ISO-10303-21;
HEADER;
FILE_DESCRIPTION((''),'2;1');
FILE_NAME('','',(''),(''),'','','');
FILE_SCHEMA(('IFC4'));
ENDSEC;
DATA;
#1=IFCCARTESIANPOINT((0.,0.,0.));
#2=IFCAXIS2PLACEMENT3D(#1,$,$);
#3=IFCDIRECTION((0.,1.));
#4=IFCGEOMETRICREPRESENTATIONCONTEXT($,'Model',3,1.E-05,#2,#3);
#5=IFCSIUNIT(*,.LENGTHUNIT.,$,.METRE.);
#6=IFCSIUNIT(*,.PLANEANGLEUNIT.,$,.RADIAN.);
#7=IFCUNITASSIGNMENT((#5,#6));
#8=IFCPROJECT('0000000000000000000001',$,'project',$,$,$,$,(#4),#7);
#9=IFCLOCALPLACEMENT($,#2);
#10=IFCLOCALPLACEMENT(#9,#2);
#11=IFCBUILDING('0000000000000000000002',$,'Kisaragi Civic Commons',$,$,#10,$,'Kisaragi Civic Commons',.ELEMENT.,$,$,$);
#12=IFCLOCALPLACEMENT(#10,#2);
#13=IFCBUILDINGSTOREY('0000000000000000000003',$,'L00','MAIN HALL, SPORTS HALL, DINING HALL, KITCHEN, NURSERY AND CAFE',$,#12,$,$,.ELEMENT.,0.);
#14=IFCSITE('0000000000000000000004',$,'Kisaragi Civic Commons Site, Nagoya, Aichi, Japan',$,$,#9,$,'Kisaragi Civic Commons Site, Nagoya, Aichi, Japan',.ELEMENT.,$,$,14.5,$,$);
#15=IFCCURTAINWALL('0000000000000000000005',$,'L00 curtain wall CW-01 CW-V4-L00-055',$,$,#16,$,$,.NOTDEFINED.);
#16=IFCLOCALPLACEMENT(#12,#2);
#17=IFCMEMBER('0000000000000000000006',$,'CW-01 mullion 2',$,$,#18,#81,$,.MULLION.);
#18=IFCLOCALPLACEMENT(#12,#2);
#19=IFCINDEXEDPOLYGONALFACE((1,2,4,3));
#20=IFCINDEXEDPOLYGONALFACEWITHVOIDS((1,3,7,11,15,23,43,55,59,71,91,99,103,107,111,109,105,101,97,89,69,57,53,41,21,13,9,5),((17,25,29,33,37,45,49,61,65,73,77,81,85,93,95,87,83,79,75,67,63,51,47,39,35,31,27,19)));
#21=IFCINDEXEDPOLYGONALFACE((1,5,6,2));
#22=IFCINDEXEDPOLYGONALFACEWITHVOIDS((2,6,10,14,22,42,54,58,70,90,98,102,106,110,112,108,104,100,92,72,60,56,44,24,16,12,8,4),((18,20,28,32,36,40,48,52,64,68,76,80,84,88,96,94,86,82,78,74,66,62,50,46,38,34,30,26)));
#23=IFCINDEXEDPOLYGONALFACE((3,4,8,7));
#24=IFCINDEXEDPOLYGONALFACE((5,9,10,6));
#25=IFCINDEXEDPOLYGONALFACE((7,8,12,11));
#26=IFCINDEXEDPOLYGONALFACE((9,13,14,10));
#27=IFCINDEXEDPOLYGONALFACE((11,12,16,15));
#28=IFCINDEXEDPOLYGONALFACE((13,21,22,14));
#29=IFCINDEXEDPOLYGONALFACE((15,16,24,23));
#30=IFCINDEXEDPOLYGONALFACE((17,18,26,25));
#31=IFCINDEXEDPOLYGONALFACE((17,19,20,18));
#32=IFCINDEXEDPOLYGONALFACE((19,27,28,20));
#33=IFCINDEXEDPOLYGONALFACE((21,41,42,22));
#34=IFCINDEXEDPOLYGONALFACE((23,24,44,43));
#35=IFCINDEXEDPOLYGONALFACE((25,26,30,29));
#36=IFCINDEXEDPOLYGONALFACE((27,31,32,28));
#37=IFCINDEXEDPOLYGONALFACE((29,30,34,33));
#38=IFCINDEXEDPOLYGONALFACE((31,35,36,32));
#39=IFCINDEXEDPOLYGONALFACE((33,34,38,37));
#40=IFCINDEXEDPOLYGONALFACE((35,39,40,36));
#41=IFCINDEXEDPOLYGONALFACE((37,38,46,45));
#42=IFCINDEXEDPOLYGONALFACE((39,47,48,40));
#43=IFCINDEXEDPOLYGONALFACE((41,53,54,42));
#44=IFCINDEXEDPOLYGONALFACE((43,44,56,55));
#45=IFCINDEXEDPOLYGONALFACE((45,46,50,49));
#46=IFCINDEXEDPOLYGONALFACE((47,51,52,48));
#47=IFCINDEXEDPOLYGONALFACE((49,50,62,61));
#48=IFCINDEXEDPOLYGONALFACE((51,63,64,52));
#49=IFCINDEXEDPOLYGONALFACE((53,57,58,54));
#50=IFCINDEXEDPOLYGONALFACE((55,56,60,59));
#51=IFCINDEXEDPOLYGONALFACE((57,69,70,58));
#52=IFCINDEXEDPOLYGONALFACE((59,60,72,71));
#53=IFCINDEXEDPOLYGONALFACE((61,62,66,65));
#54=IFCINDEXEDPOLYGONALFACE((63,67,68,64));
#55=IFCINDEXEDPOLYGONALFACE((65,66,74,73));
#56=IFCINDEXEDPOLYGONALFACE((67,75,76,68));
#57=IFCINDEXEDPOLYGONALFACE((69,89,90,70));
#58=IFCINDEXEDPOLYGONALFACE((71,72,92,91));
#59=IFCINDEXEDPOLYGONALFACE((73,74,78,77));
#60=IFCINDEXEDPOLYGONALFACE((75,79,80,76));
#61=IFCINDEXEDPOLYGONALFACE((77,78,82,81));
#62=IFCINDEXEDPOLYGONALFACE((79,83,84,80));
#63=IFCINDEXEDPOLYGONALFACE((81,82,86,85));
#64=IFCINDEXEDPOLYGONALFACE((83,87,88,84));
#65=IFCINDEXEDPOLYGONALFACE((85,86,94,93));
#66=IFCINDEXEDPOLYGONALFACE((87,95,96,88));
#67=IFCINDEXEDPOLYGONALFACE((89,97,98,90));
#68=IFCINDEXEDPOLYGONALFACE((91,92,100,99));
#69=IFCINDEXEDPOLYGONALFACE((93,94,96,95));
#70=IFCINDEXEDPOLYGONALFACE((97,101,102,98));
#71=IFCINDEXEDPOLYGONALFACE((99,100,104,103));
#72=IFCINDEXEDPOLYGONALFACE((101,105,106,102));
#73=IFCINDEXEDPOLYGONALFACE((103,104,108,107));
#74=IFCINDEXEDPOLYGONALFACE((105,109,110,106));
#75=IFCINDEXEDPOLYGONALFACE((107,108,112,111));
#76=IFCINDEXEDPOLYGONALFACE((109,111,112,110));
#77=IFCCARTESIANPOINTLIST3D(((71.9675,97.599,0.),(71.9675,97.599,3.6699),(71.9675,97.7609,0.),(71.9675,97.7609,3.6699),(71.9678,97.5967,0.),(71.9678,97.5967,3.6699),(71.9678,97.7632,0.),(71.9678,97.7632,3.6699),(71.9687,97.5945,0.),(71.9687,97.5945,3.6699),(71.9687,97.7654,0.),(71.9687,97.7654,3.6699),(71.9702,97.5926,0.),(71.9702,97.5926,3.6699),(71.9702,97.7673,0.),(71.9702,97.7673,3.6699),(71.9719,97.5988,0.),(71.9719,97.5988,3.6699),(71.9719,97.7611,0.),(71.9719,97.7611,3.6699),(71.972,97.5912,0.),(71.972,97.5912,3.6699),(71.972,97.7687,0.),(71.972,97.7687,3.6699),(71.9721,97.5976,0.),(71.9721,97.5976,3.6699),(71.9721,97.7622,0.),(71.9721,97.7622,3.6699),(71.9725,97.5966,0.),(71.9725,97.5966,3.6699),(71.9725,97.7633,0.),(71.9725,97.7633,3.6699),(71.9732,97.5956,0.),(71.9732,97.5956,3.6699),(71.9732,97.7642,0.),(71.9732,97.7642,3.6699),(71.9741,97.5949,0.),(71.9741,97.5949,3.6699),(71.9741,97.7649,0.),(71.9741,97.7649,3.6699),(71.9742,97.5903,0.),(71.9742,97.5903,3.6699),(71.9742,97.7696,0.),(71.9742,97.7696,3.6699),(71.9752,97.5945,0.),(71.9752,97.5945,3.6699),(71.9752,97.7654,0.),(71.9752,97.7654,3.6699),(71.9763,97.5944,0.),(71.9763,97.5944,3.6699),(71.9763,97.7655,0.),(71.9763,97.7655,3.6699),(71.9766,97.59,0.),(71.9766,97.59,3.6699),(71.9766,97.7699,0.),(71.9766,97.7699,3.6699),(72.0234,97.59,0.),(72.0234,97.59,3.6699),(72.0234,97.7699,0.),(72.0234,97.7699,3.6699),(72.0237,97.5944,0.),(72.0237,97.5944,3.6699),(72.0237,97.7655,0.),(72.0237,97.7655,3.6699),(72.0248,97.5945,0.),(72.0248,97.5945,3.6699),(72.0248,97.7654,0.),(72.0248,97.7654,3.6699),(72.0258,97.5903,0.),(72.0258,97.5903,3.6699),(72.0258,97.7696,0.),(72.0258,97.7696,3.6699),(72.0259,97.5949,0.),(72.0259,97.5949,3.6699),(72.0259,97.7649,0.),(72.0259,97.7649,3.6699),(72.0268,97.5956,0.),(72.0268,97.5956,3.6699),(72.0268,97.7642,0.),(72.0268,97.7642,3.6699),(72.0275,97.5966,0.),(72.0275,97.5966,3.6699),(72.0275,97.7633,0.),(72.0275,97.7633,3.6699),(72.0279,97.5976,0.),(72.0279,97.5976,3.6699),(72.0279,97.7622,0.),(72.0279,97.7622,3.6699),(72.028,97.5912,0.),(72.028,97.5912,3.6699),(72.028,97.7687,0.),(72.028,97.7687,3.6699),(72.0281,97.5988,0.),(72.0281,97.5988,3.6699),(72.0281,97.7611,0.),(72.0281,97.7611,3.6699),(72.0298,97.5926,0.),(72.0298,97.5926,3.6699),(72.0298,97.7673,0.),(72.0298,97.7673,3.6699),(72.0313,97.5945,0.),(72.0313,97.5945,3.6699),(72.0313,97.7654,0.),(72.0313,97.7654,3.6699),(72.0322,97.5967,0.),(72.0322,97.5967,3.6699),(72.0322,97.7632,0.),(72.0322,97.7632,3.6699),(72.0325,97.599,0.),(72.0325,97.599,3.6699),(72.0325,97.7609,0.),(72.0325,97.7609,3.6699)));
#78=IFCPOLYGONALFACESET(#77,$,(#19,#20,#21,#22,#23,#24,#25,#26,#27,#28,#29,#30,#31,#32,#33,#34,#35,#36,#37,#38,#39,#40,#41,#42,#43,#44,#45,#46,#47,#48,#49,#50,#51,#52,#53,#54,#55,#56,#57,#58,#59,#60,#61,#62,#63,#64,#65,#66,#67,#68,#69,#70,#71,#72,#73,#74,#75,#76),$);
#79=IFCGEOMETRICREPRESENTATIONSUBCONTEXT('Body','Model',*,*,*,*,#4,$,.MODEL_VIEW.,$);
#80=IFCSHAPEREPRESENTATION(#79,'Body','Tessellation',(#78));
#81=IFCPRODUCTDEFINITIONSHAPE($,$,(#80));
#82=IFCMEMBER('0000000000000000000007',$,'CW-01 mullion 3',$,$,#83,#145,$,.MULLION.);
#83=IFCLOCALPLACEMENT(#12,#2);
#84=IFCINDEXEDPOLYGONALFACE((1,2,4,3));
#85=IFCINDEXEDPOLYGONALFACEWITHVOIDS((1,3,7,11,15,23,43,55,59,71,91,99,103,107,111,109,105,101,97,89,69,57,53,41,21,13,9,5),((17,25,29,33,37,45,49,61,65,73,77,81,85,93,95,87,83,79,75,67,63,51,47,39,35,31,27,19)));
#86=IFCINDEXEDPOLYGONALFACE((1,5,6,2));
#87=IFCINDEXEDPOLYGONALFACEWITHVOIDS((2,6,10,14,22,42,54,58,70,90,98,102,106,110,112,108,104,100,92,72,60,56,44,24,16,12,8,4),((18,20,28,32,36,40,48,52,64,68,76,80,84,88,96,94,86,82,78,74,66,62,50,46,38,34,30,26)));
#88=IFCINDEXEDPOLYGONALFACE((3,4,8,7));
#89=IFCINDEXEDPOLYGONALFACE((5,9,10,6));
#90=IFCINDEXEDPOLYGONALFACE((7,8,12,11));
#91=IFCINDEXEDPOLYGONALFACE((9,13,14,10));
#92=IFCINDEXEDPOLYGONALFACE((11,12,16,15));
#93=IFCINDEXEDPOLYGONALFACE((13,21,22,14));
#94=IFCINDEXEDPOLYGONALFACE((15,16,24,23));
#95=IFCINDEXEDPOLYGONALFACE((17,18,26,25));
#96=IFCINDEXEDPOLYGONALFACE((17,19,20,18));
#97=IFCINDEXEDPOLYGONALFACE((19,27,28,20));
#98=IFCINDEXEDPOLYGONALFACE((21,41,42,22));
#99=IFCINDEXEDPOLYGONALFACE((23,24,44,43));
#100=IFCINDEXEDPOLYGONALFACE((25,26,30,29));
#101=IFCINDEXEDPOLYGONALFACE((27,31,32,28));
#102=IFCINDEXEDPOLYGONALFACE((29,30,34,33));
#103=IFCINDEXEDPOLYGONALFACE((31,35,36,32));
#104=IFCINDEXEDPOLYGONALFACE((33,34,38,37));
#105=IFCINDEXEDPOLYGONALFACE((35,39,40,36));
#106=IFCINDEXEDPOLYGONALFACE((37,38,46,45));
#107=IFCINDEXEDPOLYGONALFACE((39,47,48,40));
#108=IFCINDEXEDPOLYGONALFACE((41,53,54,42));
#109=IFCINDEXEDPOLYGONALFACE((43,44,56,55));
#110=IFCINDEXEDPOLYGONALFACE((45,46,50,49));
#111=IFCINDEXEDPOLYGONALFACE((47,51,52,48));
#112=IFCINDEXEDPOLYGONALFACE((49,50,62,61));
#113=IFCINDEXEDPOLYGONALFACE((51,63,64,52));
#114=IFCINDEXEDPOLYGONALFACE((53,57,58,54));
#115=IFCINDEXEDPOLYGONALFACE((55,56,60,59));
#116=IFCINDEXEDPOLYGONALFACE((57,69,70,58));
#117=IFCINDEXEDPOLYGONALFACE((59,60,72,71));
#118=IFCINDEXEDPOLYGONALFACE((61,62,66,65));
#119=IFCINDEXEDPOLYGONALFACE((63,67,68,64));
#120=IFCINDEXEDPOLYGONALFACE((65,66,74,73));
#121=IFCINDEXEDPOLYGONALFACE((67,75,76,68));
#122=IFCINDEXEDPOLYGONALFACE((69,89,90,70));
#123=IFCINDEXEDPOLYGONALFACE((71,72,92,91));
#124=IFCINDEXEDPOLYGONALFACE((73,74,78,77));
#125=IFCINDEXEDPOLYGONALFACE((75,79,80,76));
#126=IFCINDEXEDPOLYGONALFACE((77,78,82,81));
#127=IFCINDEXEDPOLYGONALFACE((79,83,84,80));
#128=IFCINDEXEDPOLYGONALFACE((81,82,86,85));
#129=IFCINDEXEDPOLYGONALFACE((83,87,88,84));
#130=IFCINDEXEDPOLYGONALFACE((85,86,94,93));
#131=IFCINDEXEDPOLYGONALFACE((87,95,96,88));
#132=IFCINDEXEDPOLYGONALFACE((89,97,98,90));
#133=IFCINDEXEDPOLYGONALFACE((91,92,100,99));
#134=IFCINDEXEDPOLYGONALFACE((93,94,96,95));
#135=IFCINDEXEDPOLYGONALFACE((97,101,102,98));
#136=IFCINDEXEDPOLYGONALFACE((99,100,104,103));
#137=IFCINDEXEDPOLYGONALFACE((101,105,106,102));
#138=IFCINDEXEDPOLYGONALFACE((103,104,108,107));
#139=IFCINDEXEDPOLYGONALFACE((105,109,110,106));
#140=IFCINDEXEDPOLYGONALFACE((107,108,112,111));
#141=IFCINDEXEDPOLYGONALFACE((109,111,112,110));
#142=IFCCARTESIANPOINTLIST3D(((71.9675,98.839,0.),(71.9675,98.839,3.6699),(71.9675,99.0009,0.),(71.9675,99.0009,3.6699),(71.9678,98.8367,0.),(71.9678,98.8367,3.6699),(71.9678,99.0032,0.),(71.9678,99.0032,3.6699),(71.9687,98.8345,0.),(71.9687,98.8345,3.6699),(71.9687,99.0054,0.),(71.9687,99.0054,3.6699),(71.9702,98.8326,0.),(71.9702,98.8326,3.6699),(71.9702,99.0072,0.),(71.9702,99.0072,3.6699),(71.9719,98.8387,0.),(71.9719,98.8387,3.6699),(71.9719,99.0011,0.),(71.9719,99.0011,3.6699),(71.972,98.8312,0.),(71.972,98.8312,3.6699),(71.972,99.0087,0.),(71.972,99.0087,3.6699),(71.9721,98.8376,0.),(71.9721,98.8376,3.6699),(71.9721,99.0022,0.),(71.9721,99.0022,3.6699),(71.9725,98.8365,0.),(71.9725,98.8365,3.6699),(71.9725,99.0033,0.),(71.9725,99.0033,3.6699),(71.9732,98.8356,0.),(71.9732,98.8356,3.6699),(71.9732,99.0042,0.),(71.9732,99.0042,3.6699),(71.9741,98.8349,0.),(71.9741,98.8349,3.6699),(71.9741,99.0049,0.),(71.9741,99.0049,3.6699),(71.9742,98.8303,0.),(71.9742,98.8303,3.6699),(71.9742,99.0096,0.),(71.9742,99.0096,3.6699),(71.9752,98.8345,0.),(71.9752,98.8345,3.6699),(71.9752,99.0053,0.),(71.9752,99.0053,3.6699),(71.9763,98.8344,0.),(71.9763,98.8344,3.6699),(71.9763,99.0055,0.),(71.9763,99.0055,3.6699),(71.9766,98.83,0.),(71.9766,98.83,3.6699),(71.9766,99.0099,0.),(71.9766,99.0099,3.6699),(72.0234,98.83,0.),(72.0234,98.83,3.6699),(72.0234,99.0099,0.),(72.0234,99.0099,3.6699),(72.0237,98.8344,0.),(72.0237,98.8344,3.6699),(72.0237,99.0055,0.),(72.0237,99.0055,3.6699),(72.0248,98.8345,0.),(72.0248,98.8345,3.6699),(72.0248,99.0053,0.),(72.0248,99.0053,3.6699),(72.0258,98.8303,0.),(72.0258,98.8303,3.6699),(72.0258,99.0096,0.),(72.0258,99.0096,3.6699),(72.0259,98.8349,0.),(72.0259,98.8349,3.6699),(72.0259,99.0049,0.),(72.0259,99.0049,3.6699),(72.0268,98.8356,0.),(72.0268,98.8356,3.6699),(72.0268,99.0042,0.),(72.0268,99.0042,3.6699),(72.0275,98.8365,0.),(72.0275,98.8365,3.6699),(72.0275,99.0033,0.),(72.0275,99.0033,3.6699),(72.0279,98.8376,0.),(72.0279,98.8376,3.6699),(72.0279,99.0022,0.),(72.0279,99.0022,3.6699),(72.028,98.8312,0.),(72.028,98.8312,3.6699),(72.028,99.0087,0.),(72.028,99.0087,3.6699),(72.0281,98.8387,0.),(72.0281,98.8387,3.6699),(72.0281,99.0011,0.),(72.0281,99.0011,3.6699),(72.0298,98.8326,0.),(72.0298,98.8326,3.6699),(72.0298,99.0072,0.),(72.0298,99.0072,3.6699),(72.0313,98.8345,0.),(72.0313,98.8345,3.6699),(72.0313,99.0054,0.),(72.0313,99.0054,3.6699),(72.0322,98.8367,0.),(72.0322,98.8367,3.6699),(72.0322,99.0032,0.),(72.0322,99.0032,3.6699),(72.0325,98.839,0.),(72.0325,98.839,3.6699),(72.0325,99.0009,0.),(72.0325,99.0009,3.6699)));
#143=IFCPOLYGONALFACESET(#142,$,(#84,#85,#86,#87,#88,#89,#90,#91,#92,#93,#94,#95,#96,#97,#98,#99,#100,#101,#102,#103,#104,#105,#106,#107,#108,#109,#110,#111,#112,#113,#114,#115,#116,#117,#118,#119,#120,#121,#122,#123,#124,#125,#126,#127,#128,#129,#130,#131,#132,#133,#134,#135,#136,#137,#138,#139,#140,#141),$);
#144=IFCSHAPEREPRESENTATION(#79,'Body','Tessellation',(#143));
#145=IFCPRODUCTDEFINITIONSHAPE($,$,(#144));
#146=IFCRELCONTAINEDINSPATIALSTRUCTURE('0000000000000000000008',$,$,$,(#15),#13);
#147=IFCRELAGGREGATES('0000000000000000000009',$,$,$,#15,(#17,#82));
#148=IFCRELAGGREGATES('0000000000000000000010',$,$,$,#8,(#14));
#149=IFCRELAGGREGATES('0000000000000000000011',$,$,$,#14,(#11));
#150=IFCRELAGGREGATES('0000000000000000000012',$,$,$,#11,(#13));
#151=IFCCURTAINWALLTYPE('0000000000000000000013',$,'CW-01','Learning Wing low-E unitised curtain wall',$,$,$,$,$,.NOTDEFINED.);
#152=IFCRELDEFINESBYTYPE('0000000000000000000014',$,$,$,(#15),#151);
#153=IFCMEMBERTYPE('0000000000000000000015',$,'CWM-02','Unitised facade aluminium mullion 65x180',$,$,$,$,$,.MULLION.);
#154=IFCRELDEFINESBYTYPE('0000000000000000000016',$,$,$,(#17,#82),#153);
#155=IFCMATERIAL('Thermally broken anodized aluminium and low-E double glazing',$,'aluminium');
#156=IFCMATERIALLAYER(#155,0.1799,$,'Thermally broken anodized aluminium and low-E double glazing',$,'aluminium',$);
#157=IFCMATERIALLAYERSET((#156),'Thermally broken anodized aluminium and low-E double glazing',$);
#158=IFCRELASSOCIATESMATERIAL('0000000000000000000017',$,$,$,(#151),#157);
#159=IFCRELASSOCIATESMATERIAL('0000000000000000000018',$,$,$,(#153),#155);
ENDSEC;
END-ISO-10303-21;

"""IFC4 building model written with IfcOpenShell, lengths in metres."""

from ifc_helpers import new_model, si_unit, direction, frame, origin, origin_2d, place, context, subcontext, project, spatial, hollow_rectangle, extrude, material, layer, layer_set, material_profile, profile_set, type_object, element, aggregate, save


model = new_model("IFC4")

# Units and contexts
model_context = context("Model", 3, precision=1e-05, world=origin(), true_north=direction((0.0, 1.0)))
body_context = subcontext(model_context, "Body", "Model", "MODEL_VIEW")
ifc_project = project(units=[si_unit("LENGTHUNIT", "METRE"), si_unit("PLANEANGLEUNIT", "RADIAN")], contexts=[model_context])

# Site, building, storey
site_placement = place(None, origin())
site = spatial("IfcSite", under=ifc_project, at=site_placement, Name="Kisaragi Civic Commons Site, Nagoya, Aichi, Japan", LongName="Kisaragi Civic Commons Site, Nagoya, Aichi, Japan", CompositionType="ELEMENT", RefElevation=14.5)
building_placement = place(site_placement, origin())
building = spatial("IfcBuilding", under=site, at=building_placement, Name="Kisaragi Civic Commons", LongName="Kisaragi Civic Commons", CompositionType="ELEMENT")
storey_placement = place(building_placement, origin())
storey = spatial("IfcBuildingStorey", under=building, at=storey_placement, Name="L00", Description="MAIN HALL, SPORTS HALL, DINING HALL, KITCHEN, NURSERY AND CAFE", CompositionType="ELEMENT", Elevation=0.0)

# Curtain wall, members
ifc_material_1 = material(Name="Thermally broken anodized aluminium and low-E double glazing", Category="aluminium")
ifc_layer_1 = layer(ifc_material_1, 0.1799, Name="Thermally broken anodized aluminium and low-E double glazing", Category="aluminium")
ifc_layer_set_1 = layer_set([ifc_layer_1], Name="Thermally broken anodized aluminium and low-E double glazing")
curtain_wall_type = type_object("IfcCurtainWallType", Name="CW-01", Description="Learning Wing low-E unitised curtain wall", PredefinedType="NOTDEFINED", material=ifc_layer_set_1)
curtain_wall_placement = place(storey_placement, origin())
curtain_wall = element("IfcCurtainWall", 1, at=curtain_wall_placement, inside=storey, type_object=curtain_wall_type, Name="L00 curtain wall CW-01 CW-V4-L00-055", PredefinedType="NOTDEFINED")
ifc_material_profile_1 = material_profile(ifc_material_1, hollow_rectangle(XDim=0.0649, YDim=0.1799, WallThickness=0.0044, InnerFilletRadius=0.0044, OuterFilletRadius=0.009, at=origin_2d()), Name="CWM-65x180x4.5", Category="aluminium")
ifc_profile_set_1 = profile_set([ifc_material_profile_1], Name="Thermally broken anodized aluminium and low-E double glazing")
member_type_1 = type_object("IfcMemberType", Name="CWM-02", Description="Unitised facade aluminium mullion 65x180", PredefinedType="MULLION", material=ifc_profile_set_1)
member_1_placement = place(storey_placement, frame((72.0, 97.6799, 0.0), z_axis=(0.0, 0.0, 1.0), x_axis=(-1.0, 0.0, 0.0)))
member_1 = element("IfcMember", 2, at=member_1_placement, type_object=member_type_1, Name="CW-01 mullion 2", PredefinedType="MULLION", context=body_context, shape_type="SweptSolid", body=[
    extrude(hollow_rectangle(XDim=0.0649, YDim=0.1799, WallThickness=0.0044, InnerFilletRadius=0.0044, OuterFilletRadius=0.009, at=origin_2d()), origin(), (0.0, 0.0, 1.0), 3.6699),
])
member_2_placement = place(storey_placement, frame((72.0, 98.9199, 0.0), z_axis=(0.0, 0.0, 1.0), x_axis=(-1.0, 0.0, 0.0)))
member_2 = element("IfcMember", 3, at=member_2_placement, type_object=member_type_1, Name="CW-01 mullion 3", PredefinedType="MULLION", context=body_context, shape_type="SweptSolid", body=[
    extrude(hollow_rectangle(XDim=0.0649, YDim=0.1799, WallThickness=0.0044, InnerFilletRadius=0.0044, OuterFilletRadius=0.009, at=origin_2d()), origin(), (0.0, 0.0, 1.0), 3.6699),
])

aggregate(curtain_wall, [member_1, member_2])

save(model, "model.ifc")
